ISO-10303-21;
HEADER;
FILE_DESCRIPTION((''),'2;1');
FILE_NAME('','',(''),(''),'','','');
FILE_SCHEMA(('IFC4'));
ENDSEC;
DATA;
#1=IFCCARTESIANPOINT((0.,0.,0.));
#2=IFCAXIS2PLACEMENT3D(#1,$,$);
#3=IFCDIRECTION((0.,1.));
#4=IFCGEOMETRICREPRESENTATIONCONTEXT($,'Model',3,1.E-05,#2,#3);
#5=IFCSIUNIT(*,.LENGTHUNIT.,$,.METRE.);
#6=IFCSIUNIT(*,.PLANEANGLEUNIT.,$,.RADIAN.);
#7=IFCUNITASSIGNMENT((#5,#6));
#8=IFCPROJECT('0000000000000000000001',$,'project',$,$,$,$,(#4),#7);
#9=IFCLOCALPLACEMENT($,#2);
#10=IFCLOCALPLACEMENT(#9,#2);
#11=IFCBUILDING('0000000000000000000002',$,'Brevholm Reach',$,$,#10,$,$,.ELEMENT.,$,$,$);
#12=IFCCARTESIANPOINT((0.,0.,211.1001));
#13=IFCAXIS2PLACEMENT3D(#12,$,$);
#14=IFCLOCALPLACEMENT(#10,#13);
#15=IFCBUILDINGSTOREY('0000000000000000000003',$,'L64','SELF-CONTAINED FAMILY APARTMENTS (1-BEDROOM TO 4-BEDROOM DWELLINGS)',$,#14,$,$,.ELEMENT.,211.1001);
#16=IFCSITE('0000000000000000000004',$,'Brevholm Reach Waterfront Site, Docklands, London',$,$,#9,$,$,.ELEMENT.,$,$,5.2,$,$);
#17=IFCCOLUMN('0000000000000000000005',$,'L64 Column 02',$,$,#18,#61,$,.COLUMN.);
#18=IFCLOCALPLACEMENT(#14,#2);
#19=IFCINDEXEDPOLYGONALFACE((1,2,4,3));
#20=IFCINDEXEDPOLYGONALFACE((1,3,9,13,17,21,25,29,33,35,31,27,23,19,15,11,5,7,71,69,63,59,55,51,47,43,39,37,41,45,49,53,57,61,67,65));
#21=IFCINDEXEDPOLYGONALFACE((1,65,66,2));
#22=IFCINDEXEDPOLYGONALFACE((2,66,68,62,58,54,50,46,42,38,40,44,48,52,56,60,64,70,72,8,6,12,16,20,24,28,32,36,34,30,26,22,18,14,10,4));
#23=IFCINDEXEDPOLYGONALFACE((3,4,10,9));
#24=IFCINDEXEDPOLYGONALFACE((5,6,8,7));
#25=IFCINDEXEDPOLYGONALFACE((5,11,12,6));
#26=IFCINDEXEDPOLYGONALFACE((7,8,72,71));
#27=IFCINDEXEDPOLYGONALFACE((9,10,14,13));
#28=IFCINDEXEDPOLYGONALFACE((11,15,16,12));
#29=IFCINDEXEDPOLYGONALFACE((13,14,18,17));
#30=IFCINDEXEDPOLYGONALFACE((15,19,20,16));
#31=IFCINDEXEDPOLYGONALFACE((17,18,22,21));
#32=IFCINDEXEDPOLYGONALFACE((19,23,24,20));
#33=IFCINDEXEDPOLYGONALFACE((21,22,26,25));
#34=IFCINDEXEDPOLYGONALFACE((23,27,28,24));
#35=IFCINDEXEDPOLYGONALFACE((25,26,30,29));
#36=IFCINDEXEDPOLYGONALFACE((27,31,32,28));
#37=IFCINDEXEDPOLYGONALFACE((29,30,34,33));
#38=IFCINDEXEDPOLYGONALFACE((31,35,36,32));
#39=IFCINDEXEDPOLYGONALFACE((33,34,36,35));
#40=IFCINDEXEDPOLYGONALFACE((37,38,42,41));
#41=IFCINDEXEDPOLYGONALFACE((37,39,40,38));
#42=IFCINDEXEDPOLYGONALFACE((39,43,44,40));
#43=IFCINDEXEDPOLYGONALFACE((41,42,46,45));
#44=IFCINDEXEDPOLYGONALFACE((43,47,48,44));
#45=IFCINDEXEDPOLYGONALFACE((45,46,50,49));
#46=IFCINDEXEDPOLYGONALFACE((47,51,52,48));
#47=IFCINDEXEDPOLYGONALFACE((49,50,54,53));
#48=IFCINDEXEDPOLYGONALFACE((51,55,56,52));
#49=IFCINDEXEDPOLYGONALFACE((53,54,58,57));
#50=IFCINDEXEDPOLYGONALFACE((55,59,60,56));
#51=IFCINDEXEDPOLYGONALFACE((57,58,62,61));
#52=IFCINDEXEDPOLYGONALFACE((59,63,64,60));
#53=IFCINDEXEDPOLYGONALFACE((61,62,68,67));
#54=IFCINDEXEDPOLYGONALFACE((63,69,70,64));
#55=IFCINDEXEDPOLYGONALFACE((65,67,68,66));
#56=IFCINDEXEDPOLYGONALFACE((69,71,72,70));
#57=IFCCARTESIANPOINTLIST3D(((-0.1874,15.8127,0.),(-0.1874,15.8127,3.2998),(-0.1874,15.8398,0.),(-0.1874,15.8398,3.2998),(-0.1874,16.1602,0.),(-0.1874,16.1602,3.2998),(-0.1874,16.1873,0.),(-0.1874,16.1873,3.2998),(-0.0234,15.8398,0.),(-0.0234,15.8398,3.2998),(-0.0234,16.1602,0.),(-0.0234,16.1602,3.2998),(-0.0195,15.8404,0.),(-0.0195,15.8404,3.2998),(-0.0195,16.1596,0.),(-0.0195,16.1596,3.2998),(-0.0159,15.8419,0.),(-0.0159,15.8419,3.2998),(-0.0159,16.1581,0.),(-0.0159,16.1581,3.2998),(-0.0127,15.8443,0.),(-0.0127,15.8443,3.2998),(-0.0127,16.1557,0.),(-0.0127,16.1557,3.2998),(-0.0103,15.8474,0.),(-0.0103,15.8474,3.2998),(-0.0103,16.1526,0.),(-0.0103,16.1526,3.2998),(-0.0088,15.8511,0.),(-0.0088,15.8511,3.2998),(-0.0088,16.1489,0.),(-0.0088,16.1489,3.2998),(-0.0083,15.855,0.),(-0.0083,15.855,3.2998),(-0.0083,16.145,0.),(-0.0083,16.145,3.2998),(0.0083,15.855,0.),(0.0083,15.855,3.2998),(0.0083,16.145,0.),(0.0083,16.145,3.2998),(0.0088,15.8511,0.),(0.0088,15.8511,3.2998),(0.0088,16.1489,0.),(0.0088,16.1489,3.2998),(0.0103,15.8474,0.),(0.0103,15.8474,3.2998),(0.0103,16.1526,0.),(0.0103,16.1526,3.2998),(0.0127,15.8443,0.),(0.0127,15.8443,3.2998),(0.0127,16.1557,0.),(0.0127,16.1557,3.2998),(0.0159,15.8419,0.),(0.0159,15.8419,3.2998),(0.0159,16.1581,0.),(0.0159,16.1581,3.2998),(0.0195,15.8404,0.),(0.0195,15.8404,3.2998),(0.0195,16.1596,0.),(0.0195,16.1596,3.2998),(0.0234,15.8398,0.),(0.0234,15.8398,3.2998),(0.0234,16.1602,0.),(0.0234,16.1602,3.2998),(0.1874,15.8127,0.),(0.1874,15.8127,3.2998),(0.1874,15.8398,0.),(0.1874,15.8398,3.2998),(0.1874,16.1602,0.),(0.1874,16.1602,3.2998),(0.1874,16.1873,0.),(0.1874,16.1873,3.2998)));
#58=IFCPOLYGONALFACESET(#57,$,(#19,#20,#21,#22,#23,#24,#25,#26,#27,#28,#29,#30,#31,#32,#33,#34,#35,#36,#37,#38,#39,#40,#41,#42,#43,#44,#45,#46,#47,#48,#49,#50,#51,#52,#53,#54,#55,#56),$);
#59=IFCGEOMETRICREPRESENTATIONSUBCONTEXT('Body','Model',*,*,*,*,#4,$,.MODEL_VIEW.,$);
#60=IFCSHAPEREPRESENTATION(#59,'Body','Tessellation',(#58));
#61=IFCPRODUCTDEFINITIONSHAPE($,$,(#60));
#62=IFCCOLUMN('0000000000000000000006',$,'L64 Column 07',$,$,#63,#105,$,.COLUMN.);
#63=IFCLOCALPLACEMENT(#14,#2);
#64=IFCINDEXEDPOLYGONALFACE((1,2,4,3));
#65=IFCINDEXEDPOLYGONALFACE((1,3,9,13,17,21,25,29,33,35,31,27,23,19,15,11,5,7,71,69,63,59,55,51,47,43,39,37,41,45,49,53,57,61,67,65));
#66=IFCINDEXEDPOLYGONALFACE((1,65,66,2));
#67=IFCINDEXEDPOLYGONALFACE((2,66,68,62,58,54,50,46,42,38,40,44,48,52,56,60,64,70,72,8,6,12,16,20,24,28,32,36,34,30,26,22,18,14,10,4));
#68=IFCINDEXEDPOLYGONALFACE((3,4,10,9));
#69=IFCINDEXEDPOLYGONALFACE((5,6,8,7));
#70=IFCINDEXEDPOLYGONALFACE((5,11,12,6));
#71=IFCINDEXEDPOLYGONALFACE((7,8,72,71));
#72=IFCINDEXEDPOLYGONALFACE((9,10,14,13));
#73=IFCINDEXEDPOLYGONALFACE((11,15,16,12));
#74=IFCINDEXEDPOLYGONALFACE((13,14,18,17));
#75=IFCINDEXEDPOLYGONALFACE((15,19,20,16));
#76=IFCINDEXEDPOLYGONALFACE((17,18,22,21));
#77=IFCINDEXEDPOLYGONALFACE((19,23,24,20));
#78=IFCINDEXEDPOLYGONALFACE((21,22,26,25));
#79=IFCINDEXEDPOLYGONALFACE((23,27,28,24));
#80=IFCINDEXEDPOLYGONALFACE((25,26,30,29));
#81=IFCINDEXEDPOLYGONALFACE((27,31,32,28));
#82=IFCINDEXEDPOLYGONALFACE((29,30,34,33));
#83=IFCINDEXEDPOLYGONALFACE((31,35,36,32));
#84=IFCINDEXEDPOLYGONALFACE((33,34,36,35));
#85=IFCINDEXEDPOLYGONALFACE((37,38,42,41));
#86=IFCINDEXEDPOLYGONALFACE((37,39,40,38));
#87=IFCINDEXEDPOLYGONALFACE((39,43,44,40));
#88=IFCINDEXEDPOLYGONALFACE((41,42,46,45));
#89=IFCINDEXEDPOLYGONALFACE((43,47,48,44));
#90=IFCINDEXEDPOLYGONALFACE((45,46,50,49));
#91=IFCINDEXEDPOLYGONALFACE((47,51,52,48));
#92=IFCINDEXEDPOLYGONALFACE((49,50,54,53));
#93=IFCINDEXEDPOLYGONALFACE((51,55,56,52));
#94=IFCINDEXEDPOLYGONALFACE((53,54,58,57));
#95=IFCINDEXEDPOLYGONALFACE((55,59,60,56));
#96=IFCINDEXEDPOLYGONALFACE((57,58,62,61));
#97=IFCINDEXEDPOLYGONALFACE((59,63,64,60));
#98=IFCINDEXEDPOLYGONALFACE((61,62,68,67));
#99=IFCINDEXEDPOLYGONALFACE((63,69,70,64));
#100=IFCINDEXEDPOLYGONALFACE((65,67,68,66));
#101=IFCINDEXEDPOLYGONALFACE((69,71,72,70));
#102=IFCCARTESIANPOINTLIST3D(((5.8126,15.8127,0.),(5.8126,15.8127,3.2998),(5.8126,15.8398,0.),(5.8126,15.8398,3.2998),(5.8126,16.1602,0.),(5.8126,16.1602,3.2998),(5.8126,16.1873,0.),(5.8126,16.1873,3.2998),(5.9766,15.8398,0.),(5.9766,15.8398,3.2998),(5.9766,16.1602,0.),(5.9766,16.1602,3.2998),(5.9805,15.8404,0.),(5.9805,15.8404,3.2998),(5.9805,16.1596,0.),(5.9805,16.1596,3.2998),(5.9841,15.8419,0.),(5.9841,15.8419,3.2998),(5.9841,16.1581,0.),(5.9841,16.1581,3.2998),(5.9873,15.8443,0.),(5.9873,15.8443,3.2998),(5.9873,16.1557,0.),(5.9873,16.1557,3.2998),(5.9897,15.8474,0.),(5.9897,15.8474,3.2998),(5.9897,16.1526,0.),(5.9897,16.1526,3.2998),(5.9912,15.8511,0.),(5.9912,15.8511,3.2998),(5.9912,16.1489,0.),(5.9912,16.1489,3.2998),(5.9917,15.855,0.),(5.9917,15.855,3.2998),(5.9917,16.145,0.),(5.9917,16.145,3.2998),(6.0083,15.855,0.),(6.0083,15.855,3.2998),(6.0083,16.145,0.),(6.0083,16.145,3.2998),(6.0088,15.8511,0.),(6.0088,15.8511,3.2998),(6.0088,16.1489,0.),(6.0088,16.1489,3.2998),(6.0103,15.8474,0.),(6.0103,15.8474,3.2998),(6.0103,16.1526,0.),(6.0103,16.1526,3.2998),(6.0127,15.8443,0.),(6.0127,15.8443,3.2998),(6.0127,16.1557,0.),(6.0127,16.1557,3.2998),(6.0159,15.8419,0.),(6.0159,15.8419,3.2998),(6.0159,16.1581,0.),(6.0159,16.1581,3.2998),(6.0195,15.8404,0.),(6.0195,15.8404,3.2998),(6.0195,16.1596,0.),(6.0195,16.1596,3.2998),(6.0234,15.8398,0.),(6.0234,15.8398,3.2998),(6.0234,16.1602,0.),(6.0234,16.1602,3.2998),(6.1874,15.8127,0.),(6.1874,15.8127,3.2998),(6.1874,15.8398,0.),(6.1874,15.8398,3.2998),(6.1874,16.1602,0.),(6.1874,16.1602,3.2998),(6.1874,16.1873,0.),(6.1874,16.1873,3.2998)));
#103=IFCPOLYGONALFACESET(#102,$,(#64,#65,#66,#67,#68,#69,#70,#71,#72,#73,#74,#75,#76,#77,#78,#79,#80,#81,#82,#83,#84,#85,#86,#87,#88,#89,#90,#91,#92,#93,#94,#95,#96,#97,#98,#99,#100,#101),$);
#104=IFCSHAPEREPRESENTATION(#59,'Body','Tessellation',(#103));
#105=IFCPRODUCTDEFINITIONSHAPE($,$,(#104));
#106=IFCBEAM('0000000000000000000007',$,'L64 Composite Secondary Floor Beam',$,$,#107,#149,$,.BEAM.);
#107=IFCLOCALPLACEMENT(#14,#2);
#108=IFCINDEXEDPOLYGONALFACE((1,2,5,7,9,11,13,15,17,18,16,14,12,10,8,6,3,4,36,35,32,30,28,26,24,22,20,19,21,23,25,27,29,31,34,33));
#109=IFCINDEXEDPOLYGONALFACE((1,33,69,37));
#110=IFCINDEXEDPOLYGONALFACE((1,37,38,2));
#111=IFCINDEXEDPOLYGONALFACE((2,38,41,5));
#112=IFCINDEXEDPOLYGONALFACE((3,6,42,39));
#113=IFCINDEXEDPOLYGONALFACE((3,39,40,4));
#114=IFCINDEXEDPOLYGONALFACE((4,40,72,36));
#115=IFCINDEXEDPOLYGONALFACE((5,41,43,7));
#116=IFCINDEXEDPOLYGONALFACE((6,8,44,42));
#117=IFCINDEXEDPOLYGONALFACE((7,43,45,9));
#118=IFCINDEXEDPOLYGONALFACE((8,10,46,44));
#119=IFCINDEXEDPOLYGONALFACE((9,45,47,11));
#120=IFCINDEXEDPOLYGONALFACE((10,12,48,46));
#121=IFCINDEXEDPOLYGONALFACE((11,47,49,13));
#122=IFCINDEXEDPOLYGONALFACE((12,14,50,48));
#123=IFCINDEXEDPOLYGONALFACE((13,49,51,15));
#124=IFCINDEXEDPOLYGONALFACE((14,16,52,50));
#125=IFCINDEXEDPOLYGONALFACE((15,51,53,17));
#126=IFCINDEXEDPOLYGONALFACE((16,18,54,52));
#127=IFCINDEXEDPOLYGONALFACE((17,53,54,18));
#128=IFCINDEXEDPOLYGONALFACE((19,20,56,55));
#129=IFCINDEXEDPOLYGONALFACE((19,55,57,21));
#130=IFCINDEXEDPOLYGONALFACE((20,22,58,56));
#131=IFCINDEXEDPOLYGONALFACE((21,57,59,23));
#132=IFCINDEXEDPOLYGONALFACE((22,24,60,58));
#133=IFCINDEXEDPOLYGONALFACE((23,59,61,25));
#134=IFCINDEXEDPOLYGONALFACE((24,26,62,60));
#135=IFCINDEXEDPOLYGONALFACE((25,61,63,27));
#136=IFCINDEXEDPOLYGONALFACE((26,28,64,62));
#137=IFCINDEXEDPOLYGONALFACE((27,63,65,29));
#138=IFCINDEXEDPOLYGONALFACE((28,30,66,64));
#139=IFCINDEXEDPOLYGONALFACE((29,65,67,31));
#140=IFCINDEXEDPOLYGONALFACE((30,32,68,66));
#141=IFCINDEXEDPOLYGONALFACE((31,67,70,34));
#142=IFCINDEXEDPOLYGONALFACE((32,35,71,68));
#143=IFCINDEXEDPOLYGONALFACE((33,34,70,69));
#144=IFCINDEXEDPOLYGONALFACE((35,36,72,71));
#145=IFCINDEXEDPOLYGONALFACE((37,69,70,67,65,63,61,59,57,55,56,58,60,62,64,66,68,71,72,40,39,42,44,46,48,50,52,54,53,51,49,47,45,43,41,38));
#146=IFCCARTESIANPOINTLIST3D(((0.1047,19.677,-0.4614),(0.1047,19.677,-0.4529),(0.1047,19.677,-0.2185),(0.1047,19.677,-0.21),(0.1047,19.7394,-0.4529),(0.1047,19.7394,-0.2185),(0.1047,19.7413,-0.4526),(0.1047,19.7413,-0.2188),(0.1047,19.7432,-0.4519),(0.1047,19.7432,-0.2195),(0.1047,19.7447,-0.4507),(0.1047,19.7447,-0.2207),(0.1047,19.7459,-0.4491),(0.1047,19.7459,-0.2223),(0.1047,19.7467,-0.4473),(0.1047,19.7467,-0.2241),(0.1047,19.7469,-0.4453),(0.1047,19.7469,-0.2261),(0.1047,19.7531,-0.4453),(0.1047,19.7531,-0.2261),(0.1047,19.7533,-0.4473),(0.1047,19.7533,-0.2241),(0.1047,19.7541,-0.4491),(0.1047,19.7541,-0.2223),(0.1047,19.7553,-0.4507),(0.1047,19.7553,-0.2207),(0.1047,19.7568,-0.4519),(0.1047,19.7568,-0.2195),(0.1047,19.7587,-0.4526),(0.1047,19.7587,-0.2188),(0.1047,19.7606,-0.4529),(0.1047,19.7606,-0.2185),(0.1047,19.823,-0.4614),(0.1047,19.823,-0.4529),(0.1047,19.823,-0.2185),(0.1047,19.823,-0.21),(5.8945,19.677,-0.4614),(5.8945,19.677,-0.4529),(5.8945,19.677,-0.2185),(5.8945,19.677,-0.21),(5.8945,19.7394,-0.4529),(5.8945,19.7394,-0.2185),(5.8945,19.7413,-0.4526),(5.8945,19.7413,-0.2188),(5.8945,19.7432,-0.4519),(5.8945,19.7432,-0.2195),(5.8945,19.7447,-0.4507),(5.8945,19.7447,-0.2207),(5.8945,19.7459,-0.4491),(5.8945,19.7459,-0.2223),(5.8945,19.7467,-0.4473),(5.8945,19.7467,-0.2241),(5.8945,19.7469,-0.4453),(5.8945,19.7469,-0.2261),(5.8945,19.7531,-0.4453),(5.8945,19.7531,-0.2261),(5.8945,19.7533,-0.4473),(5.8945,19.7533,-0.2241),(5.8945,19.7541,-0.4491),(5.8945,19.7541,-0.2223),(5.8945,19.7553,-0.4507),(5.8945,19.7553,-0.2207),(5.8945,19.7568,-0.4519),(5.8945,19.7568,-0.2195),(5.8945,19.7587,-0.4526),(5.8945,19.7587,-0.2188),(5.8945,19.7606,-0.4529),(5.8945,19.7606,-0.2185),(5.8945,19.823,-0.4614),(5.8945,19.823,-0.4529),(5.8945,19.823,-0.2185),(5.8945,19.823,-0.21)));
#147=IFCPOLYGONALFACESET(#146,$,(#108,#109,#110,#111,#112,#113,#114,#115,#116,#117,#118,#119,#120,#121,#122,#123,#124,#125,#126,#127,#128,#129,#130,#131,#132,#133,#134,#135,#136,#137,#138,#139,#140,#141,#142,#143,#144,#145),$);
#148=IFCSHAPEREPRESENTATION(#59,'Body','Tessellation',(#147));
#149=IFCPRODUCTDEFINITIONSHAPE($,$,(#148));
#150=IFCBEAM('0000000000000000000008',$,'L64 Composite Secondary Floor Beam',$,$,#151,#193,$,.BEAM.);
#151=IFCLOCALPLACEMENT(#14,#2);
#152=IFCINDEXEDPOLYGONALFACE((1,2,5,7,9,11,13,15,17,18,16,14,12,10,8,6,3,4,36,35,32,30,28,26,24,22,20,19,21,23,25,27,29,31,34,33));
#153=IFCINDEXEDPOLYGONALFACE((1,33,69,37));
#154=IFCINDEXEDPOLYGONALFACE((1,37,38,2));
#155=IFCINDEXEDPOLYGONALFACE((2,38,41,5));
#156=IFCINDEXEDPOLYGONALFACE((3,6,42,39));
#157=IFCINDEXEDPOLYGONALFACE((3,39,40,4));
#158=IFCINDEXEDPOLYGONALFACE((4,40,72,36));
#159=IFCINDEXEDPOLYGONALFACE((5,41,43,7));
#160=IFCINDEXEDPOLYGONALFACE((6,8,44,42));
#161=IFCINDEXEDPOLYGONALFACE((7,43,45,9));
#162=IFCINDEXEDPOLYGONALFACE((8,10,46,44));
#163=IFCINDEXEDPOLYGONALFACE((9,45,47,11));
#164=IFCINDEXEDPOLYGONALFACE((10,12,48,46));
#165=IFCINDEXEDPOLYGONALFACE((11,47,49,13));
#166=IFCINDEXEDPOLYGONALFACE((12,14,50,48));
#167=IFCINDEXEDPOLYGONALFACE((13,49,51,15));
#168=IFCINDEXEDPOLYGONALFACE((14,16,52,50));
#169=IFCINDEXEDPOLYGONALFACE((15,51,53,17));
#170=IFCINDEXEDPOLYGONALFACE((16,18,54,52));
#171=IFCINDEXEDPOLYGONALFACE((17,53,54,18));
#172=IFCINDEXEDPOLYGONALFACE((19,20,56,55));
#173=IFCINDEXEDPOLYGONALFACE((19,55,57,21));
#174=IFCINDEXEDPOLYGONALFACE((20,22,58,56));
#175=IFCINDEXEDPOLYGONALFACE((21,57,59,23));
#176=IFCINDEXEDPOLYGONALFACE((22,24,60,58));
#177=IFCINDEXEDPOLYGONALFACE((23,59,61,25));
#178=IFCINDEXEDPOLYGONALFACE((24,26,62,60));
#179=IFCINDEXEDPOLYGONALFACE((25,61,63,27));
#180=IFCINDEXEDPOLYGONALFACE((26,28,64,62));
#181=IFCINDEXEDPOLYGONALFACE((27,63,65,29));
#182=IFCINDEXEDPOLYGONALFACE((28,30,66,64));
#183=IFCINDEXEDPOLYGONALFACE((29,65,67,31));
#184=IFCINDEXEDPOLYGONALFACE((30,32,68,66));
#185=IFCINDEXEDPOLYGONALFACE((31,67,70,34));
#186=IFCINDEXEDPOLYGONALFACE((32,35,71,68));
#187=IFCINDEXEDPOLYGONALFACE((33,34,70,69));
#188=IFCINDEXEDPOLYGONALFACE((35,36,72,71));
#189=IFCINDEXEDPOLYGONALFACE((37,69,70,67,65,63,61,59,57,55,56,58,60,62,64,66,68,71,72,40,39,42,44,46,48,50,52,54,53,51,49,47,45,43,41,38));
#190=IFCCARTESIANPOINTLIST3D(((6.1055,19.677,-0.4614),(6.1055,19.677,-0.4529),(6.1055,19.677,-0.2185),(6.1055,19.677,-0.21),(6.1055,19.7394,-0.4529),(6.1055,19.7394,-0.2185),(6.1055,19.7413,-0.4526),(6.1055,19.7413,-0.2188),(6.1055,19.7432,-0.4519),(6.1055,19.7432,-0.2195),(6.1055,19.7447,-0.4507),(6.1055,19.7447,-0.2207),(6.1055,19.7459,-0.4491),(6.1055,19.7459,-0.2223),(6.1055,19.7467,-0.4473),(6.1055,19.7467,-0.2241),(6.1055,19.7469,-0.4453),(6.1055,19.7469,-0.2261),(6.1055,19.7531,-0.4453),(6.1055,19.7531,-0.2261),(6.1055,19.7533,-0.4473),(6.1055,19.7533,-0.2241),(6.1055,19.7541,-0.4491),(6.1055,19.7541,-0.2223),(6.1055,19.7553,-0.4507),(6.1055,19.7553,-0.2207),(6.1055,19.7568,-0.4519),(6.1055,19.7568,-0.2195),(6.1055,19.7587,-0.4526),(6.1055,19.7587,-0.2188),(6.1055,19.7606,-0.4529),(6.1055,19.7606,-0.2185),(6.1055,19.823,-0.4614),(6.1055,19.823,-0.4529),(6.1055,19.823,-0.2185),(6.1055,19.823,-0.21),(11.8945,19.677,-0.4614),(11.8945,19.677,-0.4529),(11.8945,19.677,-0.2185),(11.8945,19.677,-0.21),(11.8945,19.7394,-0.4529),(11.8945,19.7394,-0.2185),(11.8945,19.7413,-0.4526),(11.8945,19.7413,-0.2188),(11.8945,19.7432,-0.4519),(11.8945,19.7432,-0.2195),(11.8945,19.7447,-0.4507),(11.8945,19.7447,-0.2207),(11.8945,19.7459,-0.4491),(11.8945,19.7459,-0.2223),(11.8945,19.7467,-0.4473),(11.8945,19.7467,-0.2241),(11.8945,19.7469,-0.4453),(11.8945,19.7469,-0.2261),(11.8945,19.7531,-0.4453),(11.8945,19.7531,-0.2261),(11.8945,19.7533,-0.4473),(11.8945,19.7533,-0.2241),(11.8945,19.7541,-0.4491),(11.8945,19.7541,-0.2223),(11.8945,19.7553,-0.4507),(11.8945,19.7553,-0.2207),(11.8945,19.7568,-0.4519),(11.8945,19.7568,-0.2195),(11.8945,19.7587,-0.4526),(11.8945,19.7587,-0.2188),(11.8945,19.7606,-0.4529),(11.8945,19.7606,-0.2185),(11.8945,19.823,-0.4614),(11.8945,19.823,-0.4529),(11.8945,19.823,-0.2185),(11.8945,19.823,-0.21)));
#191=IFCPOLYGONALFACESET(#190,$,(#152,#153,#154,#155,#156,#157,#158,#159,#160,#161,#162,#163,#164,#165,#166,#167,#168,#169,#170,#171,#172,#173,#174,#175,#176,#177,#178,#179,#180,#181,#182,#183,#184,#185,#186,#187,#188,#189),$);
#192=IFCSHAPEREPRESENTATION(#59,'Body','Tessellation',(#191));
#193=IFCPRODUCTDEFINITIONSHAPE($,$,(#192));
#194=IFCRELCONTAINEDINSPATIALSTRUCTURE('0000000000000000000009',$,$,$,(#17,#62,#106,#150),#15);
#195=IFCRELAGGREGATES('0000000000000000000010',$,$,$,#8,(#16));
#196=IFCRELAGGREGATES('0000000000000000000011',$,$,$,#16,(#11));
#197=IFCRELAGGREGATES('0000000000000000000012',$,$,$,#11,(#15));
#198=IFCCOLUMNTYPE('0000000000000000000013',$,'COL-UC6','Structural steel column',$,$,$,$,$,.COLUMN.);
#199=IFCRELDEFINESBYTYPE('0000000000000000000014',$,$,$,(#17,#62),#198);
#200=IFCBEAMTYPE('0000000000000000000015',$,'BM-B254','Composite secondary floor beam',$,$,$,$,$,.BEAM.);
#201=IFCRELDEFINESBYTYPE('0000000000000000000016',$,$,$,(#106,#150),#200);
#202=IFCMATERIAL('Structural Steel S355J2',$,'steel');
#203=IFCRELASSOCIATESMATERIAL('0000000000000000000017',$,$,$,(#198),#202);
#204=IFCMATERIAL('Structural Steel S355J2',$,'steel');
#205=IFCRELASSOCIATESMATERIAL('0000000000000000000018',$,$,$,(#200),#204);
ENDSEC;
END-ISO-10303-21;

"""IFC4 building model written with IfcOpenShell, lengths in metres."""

from ifc_helpers import new_model, si_unit, direction, frame, origin, origin_2d, place, context, subcontext, project, spatial, i_section, extrude, material, material_profile, profile_set, type_object, element, save


model = new_model("IFC4")

# Units and contexts
model_context = context("Model", 3, precision=1e-05, world=origin(), true_north=direction((0.0, 1.0)))
body_context = subcontext(model_context, "Body", "Model", "MODEL_VIEW")
ifc_project = project(units=[si_unit("LENGTHUNIT", "METRE"), si_unit("PLANEANGLEUNIT", "RADIAN")], contexts=[model_context])

# Site, building, storey
site_placement = place(None, origin())
site = spatial("IfcSite", under=ifc_project, at=site_placement, Name="Brevholm Reach Waterfront Site, Docklands, London", CompositionType="ELEMENT", RefElevation=5.2)
building_placement = place(site_placement, origin())
building = spatial("IfcBuilding", under=site, at=building_placement, Name="Brevholm Reach", CompositionType="ELEMENT")
storey_placement = place(building_placement, frame((0.0, 0.0, 211.1001)))
storey = spatial("IfcBuildingStorey", under=building, at=storey_placement, Name="L64", Description="SELF-CONTAINED FAMILY APARTMENTS (1-BEDROOM TO 4-BEDROOM DWELLINGS)", CompositionType="ELEMENT", Elevation=211.1001)

# Columns
ifc_material_1 = material(Name="Structural Steel S355J2", Category="steel")
ifc_material_profile_1 = material_profile(ifc_material_1, i_section(OverallWidth=0.3748, OverallDepth=0.3745, WebThickness=0.0166, FlangeThickness=0.0271, FilletRadius=0.0151, at=origin_2d()), Name="UKC 356x368x202")
ifc_profile_set_1 = profile_set([ifc_material_profile_1], Name="Structural Steel S355J2")
column_type = type_object("IfcColumnType", Name="COL-UC6", Description="Structural steel column", PredefinedType="COLUMN", material=ifc_profile_set_1)
for number, where, z_axis, x_axis, name in (
    (1, (0.0, 16.0, 0.0), (0.0, 0.0, 1.0), (1.0, 0.0, 0.0), "L64 Column 02"),
    (2, (6.0, 16.0, 0.0), (0.0, 0.0, 1.0), (1.0, 0.0, 0.0), "L64 Column 07"),
):
    element("IfcColumn", number, at=place(storey_placement, frame(where, z_axis=z_axis, x_axis=x_axis)), inside=storey, type_object=column_type, Name=name, PredefinedType="COLUMN", context=body_context, shape_type="SweptSolid", body=[
        extrude(i_section(OverallWidth=0.3748, OverallDepth=0.3745, WebThickness=0.0166, FlangeThickness=0.0271, FilletRadius=0.0151, at=origin_2d()), origin(), (0.0, 0.0, 1.0), 3.2998),
    ])

# Beams
ifc_material_2 = material(Name="Structural Steel S355J2", Category="steel")
ifc_material_profile_2 = material_profile(ifc_material_2, i_section(OverallWidth=0.146, OverallDepth=0.2515, WebThickness=0.0061, FlangeThickness=0.0085, FilletRadius=0.0076, at=origin_2d()), Name="UKB 254x146x31")
ifc_profile_set_2 = profile_set([ifc_material_profile_2], Name="Structural Steel S355J2")
beam_type_1 = type_object("IfcBeamType", Name="BM-B254", Description="Composite secondary floor beam", PredefinedType="BEAM", material=ifc_profile_set_2)
beam_1_placement = place(storey_placement, frame((0.1047, 19.75, -0.3357), z_axis=(1.0, 0.0, 0.0), x_axis=(0.0, 1.0, 0.0)))
element("IfcBeam", 3, at=beam_1_placement, inside=storey, type_object=beam_type_1, Name="L64 Composite Secondary Floor Beam", PredefinedType="BEAM", context=body_context, shape_type="SweptSolid", body=[
    extrude(i_section(OverallWidth=0.146, OverallDepth=0.2515, WebThickness=0.0061, FlangeThickness=0.0085, FilletRadius=0.0076, at=origin_2d()), origin(), (0.0, 0.0, 1.0), 5.7898),
])
beam_2_placement = place(storey_placement, frame((6.1055, 19.75, -0.3357), z_axis=(1.0, 0.0, 0.0), x_axis=(0.0, 1.0, 0.0)))
element("IfcBeam", 4, at=beam_2_placement, inside=storey, type_object=beam_type_1, Name="L64 Composite Secondary Floor Beam", PredefinedType="BEAM", context=body_context, shape_type="SweptSolid", body=[
    extrude(i_section(OverallWidth=0.146, OverallDepth=0.2515, WebThickness=0.0061, FlangeThickness=0.0085, FilletRadius=0.0076, at=origin_2d()), origin(), (0.0, 0.0, 1.0), 5.7891),
])

save(model, "model.ifc")
